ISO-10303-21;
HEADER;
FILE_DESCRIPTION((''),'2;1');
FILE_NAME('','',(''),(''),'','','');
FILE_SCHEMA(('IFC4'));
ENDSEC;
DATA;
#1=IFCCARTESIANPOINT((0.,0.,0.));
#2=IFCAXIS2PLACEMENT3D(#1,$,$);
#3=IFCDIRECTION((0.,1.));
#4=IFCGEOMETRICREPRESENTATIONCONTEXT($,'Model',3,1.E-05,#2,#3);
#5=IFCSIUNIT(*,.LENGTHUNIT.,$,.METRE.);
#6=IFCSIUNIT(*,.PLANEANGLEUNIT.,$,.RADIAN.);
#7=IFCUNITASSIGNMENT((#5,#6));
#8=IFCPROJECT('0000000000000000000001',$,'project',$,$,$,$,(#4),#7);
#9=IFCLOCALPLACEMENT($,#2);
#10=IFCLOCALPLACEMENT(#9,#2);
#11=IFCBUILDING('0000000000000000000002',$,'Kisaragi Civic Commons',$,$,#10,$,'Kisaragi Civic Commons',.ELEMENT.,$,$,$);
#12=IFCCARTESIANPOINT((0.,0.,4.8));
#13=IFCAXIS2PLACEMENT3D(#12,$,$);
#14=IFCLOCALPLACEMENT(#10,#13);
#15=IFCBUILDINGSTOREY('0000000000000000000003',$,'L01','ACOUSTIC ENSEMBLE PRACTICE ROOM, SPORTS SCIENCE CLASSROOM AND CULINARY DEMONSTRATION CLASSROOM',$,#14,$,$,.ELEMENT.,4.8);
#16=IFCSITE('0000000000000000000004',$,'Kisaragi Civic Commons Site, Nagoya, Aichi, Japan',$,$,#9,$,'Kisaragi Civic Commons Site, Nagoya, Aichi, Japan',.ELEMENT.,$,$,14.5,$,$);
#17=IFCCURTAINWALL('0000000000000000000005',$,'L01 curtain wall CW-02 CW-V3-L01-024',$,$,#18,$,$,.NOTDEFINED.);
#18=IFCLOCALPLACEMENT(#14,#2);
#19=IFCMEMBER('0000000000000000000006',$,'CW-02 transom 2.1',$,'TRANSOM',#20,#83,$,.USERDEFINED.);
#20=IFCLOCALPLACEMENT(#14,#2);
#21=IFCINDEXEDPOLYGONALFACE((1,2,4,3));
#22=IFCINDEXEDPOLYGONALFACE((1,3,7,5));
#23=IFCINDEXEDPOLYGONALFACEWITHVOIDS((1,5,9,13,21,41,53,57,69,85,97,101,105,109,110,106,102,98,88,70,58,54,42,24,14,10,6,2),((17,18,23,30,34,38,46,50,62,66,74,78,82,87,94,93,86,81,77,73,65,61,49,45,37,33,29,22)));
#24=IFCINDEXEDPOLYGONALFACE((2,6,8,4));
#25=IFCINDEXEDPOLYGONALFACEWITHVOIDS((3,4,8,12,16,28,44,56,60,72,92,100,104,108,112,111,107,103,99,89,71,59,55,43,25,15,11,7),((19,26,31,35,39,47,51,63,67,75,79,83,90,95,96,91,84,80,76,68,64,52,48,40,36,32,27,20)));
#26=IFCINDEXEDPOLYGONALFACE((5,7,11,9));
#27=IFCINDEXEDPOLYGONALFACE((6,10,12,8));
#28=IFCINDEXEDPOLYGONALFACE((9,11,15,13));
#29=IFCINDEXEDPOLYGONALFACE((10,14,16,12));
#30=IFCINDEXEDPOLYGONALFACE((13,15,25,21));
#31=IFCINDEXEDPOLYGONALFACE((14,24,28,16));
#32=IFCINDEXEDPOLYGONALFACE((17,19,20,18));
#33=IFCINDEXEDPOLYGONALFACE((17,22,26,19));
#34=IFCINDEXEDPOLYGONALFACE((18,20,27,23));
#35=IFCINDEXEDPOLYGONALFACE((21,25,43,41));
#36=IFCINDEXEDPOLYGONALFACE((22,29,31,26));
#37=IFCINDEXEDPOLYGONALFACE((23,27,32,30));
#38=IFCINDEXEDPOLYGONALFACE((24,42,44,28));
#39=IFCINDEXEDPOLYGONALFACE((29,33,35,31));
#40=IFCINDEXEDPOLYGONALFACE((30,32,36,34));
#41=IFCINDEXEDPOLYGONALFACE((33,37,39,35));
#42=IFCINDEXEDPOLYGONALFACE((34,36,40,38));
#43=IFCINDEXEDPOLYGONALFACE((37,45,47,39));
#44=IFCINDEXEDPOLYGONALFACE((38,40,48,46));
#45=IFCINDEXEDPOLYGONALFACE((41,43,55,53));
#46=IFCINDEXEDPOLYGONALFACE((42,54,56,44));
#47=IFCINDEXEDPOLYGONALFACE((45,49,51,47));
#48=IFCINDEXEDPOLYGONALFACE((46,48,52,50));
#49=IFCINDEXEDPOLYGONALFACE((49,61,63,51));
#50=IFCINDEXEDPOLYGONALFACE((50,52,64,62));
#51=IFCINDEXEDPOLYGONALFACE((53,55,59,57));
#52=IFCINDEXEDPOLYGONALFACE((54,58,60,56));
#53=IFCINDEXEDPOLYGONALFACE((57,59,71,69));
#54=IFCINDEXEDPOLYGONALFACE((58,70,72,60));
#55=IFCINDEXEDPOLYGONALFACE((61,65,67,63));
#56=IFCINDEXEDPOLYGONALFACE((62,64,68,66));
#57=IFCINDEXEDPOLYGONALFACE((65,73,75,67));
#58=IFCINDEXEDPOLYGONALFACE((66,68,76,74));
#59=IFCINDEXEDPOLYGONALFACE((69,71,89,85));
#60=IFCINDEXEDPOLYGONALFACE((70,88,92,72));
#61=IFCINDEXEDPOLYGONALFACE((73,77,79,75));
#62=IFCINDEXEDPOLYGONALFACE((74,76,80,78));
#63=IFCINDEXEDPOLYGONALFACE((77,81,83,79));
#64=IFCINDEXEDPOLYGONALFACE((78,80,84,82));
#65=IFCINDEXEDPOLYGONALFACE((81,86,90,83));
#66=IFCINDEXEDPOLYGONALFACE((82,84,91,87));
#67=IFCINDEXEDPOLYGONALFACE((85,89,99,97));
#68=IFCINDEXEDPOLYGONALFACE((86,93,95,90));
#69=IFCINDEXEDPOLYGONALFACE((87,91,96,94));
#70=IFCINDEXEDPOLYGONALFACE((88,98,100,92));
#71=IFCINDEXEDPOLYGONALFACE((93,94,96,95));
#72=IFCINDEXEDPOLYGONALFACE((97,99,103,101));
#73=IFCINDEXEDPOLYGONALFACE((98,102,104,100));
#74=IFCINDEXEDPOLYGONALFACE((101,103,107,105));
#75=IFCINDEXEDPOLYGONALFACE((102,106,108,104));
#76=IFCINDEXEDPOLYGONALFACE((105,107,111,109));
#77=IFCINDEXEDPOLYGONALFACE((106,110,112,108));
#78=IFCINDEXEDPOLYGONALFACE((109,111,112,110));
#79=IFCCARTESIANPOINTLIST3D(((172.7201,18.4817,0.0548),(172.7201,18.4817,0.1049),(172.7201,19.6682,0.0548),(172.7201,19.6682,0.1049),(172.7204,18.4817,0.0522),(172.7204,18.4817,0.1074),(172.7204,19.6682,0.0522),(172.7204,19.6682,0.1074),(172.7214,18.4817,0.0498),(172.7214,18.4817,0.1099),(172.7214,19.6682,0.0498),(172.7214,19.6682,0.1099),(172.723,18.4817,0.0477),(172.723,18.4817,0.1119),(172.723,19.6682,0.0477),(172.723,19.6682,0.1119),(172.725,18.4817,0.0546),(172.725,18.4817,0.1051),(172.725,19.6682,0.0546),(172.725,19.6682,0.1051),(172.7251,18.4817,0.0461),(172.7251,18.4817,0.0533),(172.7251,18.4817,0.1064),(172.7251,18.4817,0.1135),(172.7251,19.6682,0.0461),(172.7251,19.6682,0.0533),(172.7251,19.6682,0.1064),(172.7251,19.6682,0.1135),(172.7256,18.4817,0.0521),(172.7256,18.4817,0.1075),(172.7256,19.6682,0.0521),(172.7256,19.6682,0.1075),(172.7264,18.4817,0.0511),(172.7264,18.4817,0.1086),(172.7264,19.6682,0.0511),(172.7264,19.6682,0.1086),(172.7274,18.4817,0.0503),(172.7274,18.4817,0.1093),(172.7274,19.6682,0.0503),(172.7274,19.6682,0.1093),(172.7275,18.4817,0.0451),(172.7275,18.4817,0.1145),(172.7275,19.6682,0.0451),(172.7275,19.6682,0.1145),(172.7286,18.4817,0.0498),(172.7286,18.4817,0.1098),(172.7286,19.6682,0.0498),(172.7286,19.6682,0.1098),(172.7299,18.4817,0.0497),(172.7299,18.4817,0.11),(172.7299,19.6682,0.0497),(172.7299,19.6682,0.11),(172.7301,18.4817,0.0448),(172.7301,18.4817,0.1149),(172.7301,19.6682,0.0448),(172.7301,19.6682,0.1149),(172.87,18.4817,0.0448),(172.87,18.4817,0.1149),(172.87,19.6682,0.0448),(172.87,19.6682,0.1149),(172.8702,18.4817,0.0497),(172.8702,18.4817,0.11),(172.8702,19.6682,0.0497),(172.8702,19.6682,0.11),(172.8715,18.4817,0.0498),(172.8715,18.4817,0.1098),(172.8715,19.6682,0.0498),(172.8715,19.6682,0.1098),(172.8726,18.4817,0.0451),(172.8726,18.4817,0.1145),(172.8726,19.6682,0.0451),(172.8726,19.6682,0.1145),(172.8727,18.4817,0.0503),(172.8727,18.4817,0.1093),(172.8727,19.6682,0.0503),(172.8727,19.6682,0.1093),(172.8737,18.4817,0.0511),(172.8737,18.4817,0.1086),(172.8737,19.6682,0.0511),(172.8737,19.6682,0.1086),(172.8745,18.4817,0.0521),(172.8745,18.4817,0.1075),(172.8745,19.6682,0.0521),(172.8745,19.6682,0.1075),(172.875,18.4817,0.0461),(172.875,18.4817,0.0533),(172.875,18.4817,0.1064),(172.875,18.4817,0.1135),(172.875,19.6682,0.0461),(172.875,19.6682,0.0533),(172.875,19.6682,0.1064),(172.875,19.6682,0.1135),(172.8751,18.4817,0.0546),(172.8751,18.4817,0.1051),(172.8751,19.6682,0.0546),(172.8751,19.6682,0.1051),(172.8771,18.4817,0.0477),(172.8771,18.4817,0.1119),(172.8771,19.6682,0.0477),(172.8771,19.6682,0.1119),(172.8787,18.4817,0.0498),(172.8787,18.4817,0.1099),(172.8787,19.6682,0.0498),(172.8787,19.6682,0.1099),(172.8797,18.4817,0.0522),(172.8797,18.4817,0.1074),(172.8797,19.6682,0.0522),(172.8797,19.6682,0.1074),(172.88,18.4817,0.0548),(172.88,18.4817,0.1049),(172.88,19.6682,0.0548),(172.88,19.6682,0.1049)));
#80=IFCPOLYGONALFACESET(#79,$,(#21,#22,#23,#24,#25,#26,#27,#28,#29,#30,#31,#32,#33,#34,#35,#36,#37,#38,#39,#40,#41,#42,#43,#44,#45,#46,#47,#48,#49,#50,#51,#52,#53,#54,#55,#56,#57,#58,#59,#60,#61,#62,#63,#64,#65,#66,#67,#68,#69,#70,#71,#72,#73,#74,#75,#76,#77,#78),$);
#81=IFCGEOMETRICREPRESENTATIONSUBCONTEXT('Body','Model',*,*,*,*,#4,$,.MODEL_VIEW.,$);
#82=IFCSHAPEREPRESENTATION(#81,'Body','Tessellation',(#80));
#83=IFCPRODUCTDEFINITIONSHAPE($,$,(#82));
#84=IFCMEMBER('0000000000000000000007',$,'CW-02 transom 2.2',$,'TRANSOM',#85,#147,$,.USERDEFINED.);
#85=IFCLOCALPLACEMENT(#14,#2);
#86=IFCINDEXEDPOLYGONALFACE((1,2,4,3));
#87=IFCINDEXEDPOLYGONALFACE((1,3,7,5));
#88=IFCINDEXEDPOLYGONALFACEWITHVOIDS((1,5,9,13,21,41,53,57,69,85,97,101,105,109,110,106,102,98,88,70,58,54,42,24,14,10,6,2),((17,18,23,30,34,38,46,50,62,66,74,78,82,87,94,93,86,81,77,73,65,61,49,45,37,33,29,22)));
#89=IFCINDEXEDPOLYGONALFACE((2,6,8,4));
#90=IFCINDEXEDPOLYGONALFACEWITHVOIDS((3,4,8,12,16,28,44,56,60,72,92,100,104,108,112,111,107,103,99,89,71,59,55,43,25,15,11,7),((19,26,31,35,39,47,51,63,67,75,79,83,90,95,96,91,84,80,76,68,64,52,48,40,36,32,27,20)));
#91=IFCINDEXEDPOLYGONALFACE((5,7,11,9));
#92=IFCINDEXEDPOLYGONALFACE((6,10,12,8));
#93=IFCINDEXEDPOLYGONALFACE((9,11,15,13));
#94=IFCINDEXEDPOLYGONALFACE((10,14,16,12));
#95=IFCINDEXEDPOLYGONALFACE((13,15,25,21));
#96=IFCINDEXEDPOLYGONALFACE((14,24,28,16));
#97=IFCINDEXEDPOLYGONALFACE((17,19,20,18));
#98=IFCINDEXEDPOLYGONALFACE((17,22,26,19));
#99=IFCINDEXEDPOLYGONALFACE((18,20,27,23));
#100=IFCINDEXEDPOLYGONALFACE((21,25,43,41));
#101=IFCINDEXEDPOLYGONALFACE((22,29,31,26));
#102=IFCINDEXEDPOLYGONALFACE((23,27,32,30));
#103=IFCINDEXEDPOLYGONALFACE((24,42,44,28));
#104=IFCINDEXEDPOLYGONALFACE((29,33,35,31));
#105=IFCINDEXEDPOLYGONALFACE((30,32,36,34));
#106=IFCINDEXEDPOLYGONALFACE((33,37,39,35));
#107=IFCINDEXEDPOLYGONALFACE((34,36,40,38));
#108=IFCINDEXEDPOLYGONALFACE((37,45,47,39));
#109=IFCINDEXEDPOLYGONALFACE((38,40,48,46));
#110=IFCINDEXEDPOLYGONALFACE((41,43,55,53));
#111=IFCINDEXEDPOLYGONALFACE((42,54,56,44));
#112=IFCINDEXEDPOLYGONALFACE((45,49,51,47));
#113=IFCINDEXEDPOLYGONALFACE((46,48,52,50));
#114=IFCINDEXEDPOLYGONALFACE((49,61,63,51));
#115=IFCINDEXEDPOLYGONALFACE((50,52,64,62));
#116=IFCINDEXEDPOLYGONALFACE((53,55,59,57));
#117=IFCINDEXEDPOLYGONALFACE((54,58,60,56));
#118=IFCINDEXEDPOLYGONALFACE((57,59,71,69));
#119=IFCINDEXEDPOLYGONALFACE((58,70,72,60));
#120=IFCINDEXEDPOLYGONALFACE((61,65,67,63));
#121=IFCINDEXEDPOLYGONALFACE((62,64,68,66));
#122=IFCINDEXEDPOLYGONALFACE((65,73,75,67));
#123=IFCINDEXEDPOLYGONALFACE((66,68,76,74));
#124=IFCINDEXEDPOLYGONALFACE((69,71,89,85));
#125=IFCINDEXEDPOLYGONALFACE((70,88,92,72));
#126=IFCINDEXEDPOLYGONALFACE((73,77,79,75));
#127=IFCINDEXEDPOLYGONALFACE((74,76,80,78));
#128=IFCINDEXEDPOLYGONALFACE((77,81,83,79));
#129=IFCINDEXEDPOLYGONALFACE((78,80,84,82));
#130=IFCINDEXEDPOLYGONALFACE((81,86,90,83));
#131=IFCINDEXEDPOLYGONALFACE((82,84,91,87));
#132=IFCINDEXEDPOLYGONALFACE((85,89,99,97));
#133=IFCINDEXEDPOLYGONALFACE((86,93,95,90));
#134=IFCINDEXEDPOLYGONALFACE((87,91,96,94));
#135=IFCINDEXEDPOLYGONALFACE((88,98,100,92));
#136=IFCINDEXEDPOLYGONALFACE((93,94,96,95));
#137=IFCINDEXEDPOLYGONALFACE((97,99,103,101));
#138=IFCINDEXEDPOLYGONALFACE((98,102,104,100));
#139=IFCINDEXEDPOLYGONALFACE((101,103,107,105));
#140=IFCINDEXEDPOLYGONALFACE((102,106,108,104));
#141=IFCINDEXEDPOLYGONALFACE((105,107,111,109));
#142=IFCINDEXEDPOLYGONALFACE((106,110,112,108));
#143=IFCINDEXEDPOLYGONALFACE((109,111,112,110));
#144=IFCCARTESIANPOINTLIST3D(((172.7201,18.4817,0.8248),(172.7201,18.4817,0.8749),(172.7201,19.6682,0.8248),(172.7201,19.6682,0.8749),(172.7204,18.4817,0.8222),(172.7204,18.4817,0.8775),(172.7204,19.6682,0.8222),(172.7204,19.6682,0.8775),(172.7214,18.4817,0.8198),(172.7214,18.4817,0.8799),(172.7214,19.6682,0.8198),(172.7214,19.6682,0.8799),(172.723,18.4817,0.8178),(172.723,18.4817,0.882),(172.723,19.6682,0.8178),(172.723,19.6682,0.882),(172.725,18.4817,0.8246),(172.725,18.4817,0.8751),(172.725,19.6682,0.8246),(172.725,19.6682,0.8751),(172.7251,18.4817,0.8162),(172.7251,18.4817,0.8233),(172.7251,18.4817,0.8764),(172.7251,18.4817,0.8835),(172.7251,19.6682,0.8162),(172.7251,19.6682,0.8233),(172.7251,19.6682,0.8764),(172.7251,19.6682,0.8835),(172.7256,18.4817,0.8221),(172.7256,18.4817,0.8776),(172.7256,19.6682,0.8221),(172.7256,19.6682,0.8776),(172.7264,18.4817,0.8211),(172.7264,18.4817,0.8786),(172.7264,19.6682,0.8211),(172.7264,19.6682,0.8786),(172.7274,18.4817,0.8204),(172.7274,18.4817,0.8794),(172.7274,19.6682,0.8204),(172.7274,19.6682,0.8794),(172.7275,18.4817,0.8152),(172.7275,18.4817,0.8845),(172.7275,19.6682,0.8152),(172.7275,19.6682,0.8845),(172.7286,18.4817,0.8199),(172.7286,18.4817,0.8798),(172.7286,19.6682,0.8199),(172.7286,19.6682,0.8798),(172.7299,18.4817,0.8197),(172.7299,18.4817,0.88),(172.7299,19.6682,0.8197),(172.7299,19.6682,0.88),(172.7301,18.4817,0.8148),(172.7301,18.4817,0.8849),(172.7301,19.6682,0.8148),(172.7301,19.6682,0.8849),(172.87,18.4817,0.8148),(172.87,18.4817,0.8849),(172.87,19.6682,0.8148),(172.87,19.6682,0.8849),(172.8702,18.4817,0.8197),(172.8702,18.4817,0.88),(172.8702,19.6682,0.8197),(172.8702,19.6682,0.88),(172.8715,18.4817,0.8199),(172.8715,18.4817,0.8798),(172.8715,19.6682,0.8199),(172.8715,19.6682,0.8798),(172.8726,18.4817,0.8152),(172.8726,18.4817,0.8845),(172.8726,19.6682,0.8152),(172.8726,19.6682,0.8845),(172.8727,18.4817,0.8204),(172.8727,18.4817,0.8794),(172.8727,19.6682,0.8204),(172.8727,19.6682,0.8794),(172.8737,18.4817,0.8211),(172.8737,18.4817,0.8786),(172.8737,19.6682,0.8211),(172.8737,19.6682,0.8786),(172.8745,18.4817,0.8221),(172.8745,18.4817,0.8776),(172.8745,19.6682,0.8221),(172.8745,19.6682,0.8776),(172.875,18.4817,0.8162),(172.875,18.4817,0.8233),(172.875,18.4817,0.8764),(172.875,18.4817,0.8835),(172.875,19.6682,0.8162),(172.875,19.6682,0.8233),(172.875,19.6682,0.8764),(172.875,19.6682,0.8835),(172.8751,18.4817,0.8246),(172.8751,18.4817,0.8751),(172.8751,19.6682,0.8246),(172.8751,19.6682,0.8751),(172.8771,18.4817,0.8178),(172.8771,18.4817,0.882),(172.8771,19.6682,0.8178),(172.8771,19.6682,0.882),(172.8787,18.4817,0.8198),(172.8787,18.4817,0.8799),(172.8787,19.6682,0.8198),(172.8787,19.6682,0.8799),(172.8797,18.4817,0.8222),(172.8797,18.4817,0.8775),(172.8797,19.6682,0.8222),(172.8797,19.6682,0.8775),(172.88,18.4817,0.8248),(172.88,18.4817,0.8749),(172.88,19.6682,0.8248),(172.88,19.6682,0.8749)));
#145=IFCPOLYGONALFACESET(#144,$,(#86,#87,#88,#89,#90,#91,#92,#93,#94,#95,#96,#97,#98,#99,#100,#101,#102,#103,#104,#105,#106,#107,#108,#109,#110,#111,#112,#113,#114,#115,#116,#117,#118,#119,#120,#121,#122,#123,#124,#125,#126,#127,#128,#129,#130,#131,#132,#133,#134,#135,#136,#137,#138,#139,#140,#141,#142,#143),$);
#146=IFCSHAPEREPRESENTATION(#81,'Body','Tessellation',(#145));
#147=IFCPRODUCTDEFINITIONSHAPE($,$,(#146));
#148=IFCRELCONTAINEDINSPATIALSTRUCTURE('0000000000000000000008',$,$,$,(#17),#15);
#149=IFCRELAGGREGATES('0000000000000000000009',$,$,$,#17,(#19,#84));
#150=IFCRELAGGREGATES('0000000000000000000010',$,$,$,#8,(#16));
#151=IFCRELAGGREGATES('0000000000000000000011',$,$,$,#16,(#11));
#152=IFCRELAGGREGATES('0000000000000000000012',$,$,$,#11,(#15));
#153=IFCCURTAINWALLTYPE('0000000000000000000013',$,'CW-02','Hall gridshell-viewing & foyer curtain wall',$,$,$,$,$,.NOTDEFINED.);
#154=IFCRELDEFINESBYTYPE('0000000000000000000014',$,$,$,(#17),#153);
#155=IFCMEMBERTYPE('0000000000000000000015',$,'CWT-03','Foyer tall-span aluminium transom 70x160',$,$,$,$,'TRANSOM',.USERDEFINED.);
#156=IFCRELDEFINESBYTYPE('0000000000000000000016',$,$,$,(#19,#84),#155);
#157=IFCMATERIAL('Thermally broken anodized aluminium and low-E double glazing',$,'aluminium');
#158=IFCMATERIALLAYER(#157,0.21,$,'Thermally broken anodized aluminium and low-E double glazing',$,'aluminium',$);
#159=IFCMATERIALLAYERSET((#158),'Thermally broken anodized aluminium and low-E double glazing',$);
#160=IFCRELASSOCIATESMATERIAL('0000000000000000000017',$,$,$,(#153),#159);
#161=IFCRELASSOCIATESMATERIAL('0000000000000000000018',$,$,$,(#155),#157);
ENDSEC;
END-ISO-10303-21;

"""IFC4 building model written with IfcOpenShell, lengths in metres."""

from ifc_helpers import new_model, si_unit, direction, frame, origin, origin_2d, place, context, subcontext, project, spatial, hollow_rectangle, extrude, material, layer, layer_set, material_profile, profile_set, type_object, element, aggregate, save


model = new_model("IFC4")

# Units and contexts
model_context = context("Model", 3, precision=1e-05, world=origin(), true_north=direction((0.0, 1.0)))
body_context = subcontext(model_context, "Body", "Model", "MODEL_VIEW")
ifc_project = project(units=[si_unit("LENGTHUNIT", "METRE"), si_unit("PLANEANGLEUNIT", "RADIAN")], contexts=[model_context])

# Site, building, storey
site_placement = place(None, origin())
site = spatial("IfcSite", under=ifc_project, at=site_placement, Name="Kisaragi Civic Commons Site, Nagoya, Aichi, Japan", LongName="Kisaragi Civic Commons Site, Nagoya, Aichi, Japan", CompositionType="ELEMENT", RefElevation=14.5)
building_placement = place(site_placement, origin())
building = spatial("IfcBuilding", under=site, at=building_placement, Name="Kisaragi Civic Commons", LongName="Kisaragi Civic Commons", CompositionType="ELEMENT")
storey_placement = place(building_placement, frame((0.0, 0.0, 4.8)))
storey = spatial("IfcBuildingStorey", under=building, at=storey_placement, Name="L01", Description="ACOUSTIC ENSEMBLE PRACTICE ROOM, SPORTS SCIENCE CLASSROOM AND CULINARY DEMONSTRATION CLASSROOM", CompositionType="ELEMENT", Elevation=4.8)

# Shared definitions
ifc_material = material(Name="Thermally broken anodized aluminium and low-E double glazing", Category="aluminium")
ifc_layer_1 = layer(ifc_material, 0.21, Name="Thermally broken anodized aluminium and low-E double glazing", Category="aluminium")
ifc_layer_set_1 = layer_set([ifc_layer_1], Name="Thermally broken anodized aluminium and low-E double glazing")
curtain_wall_type = type_object("IfcCurtainWallType", Name="CW-02", Description="Hall gridshell-viewing & foyer curtain wall", PredefinedType="NOTDEFINED", material=ifc_layer_set_1)

# Curtain wall, members
curtain_wall_1_placement = place(storey_placement, origin())
curtain_wall_1 = element("IfcCurtainWall", 1, at=curtain_wall_1_placement, inside=storey, type_object=curtain_wall_type, Name="L01 curtain wall CW-02 CW-V3-L01-024", PredefinedType="NOTDEFINED")
ifc_material_profile_1 = material_profile(ifc_material, hollow_rectangle(XDim=0.1599, YDim=0.0701, WallThickness=0.0049, InnerFilletRadius=0.0049, OuterFilletRadius=0.01, at=origin_2d()), Name="CWT-70x160x5", Category="aluminium")
ifc_profile_set_1 = profile_set([ifc_material_profile_1], Name="Thermally broken anodized aluminium and low-E double glazing")
member_type_1 = type_object("IfcMemberType", Name="CWT-03", Description="Foyer tall-span aluminium transom 70x160", ElementType="TRANSOM", PredefinedType="USERDEFINED", material=ifc_profile_set_1)
member_1_placement = place(storey_placement, frame((172.8, 19.6682, 0.0798), z_axis=(0.0, -1.0, 0.0), x_axis=(1.0, 0.0, 0.0)))
member_1 = element("IfcMember", 2, at=member_1_placement, type_object=member_type_1, Name="CW-02 transom 2.1", ObjectType="TRANSOM", PredefinedType="USERDEFINED", context=body_context, shape_type="SweptSolid", body=[
    extrude(hollow_rectangle(XDim=0.1599, YDim=0.0701, WallThickness=0.0049, InnerFilletRadius=0.0049, OuterFilletRadius=0.01, at=origin_2d()), origin(), (0.0, 0.0, 1.0), 1.1865),
])
member_2_placement = place(storey_placement, frame((172.8, 19.6682, 0.8499), z_axis=(0.0, -1.0, 0.0), x_axis=(1.0, 0.0, 0.0)))
member_2 = element("IfcMember", 3, at=member_2_placement, type_object=member_type_1, Name="CW-02 transom 2.2", ObjectType="TRANSOM", PredefinedType="USERDEFINED", context=body_context, shape_type="SweptSolid", body=[
    extrude(hollow_rectangle(XDim=0.1599, YDim=0.0701, WallThickness=0.0049, InnerFilletRadius=0.0049, OuterFilletRadius=0.01, at=origin_2d()), origin(), (0.0, 0.0, 1.0), 1.1865),
])

aggregate(curtain_wall_1, [member_1, member_2])

save(model, "model.ifc")
